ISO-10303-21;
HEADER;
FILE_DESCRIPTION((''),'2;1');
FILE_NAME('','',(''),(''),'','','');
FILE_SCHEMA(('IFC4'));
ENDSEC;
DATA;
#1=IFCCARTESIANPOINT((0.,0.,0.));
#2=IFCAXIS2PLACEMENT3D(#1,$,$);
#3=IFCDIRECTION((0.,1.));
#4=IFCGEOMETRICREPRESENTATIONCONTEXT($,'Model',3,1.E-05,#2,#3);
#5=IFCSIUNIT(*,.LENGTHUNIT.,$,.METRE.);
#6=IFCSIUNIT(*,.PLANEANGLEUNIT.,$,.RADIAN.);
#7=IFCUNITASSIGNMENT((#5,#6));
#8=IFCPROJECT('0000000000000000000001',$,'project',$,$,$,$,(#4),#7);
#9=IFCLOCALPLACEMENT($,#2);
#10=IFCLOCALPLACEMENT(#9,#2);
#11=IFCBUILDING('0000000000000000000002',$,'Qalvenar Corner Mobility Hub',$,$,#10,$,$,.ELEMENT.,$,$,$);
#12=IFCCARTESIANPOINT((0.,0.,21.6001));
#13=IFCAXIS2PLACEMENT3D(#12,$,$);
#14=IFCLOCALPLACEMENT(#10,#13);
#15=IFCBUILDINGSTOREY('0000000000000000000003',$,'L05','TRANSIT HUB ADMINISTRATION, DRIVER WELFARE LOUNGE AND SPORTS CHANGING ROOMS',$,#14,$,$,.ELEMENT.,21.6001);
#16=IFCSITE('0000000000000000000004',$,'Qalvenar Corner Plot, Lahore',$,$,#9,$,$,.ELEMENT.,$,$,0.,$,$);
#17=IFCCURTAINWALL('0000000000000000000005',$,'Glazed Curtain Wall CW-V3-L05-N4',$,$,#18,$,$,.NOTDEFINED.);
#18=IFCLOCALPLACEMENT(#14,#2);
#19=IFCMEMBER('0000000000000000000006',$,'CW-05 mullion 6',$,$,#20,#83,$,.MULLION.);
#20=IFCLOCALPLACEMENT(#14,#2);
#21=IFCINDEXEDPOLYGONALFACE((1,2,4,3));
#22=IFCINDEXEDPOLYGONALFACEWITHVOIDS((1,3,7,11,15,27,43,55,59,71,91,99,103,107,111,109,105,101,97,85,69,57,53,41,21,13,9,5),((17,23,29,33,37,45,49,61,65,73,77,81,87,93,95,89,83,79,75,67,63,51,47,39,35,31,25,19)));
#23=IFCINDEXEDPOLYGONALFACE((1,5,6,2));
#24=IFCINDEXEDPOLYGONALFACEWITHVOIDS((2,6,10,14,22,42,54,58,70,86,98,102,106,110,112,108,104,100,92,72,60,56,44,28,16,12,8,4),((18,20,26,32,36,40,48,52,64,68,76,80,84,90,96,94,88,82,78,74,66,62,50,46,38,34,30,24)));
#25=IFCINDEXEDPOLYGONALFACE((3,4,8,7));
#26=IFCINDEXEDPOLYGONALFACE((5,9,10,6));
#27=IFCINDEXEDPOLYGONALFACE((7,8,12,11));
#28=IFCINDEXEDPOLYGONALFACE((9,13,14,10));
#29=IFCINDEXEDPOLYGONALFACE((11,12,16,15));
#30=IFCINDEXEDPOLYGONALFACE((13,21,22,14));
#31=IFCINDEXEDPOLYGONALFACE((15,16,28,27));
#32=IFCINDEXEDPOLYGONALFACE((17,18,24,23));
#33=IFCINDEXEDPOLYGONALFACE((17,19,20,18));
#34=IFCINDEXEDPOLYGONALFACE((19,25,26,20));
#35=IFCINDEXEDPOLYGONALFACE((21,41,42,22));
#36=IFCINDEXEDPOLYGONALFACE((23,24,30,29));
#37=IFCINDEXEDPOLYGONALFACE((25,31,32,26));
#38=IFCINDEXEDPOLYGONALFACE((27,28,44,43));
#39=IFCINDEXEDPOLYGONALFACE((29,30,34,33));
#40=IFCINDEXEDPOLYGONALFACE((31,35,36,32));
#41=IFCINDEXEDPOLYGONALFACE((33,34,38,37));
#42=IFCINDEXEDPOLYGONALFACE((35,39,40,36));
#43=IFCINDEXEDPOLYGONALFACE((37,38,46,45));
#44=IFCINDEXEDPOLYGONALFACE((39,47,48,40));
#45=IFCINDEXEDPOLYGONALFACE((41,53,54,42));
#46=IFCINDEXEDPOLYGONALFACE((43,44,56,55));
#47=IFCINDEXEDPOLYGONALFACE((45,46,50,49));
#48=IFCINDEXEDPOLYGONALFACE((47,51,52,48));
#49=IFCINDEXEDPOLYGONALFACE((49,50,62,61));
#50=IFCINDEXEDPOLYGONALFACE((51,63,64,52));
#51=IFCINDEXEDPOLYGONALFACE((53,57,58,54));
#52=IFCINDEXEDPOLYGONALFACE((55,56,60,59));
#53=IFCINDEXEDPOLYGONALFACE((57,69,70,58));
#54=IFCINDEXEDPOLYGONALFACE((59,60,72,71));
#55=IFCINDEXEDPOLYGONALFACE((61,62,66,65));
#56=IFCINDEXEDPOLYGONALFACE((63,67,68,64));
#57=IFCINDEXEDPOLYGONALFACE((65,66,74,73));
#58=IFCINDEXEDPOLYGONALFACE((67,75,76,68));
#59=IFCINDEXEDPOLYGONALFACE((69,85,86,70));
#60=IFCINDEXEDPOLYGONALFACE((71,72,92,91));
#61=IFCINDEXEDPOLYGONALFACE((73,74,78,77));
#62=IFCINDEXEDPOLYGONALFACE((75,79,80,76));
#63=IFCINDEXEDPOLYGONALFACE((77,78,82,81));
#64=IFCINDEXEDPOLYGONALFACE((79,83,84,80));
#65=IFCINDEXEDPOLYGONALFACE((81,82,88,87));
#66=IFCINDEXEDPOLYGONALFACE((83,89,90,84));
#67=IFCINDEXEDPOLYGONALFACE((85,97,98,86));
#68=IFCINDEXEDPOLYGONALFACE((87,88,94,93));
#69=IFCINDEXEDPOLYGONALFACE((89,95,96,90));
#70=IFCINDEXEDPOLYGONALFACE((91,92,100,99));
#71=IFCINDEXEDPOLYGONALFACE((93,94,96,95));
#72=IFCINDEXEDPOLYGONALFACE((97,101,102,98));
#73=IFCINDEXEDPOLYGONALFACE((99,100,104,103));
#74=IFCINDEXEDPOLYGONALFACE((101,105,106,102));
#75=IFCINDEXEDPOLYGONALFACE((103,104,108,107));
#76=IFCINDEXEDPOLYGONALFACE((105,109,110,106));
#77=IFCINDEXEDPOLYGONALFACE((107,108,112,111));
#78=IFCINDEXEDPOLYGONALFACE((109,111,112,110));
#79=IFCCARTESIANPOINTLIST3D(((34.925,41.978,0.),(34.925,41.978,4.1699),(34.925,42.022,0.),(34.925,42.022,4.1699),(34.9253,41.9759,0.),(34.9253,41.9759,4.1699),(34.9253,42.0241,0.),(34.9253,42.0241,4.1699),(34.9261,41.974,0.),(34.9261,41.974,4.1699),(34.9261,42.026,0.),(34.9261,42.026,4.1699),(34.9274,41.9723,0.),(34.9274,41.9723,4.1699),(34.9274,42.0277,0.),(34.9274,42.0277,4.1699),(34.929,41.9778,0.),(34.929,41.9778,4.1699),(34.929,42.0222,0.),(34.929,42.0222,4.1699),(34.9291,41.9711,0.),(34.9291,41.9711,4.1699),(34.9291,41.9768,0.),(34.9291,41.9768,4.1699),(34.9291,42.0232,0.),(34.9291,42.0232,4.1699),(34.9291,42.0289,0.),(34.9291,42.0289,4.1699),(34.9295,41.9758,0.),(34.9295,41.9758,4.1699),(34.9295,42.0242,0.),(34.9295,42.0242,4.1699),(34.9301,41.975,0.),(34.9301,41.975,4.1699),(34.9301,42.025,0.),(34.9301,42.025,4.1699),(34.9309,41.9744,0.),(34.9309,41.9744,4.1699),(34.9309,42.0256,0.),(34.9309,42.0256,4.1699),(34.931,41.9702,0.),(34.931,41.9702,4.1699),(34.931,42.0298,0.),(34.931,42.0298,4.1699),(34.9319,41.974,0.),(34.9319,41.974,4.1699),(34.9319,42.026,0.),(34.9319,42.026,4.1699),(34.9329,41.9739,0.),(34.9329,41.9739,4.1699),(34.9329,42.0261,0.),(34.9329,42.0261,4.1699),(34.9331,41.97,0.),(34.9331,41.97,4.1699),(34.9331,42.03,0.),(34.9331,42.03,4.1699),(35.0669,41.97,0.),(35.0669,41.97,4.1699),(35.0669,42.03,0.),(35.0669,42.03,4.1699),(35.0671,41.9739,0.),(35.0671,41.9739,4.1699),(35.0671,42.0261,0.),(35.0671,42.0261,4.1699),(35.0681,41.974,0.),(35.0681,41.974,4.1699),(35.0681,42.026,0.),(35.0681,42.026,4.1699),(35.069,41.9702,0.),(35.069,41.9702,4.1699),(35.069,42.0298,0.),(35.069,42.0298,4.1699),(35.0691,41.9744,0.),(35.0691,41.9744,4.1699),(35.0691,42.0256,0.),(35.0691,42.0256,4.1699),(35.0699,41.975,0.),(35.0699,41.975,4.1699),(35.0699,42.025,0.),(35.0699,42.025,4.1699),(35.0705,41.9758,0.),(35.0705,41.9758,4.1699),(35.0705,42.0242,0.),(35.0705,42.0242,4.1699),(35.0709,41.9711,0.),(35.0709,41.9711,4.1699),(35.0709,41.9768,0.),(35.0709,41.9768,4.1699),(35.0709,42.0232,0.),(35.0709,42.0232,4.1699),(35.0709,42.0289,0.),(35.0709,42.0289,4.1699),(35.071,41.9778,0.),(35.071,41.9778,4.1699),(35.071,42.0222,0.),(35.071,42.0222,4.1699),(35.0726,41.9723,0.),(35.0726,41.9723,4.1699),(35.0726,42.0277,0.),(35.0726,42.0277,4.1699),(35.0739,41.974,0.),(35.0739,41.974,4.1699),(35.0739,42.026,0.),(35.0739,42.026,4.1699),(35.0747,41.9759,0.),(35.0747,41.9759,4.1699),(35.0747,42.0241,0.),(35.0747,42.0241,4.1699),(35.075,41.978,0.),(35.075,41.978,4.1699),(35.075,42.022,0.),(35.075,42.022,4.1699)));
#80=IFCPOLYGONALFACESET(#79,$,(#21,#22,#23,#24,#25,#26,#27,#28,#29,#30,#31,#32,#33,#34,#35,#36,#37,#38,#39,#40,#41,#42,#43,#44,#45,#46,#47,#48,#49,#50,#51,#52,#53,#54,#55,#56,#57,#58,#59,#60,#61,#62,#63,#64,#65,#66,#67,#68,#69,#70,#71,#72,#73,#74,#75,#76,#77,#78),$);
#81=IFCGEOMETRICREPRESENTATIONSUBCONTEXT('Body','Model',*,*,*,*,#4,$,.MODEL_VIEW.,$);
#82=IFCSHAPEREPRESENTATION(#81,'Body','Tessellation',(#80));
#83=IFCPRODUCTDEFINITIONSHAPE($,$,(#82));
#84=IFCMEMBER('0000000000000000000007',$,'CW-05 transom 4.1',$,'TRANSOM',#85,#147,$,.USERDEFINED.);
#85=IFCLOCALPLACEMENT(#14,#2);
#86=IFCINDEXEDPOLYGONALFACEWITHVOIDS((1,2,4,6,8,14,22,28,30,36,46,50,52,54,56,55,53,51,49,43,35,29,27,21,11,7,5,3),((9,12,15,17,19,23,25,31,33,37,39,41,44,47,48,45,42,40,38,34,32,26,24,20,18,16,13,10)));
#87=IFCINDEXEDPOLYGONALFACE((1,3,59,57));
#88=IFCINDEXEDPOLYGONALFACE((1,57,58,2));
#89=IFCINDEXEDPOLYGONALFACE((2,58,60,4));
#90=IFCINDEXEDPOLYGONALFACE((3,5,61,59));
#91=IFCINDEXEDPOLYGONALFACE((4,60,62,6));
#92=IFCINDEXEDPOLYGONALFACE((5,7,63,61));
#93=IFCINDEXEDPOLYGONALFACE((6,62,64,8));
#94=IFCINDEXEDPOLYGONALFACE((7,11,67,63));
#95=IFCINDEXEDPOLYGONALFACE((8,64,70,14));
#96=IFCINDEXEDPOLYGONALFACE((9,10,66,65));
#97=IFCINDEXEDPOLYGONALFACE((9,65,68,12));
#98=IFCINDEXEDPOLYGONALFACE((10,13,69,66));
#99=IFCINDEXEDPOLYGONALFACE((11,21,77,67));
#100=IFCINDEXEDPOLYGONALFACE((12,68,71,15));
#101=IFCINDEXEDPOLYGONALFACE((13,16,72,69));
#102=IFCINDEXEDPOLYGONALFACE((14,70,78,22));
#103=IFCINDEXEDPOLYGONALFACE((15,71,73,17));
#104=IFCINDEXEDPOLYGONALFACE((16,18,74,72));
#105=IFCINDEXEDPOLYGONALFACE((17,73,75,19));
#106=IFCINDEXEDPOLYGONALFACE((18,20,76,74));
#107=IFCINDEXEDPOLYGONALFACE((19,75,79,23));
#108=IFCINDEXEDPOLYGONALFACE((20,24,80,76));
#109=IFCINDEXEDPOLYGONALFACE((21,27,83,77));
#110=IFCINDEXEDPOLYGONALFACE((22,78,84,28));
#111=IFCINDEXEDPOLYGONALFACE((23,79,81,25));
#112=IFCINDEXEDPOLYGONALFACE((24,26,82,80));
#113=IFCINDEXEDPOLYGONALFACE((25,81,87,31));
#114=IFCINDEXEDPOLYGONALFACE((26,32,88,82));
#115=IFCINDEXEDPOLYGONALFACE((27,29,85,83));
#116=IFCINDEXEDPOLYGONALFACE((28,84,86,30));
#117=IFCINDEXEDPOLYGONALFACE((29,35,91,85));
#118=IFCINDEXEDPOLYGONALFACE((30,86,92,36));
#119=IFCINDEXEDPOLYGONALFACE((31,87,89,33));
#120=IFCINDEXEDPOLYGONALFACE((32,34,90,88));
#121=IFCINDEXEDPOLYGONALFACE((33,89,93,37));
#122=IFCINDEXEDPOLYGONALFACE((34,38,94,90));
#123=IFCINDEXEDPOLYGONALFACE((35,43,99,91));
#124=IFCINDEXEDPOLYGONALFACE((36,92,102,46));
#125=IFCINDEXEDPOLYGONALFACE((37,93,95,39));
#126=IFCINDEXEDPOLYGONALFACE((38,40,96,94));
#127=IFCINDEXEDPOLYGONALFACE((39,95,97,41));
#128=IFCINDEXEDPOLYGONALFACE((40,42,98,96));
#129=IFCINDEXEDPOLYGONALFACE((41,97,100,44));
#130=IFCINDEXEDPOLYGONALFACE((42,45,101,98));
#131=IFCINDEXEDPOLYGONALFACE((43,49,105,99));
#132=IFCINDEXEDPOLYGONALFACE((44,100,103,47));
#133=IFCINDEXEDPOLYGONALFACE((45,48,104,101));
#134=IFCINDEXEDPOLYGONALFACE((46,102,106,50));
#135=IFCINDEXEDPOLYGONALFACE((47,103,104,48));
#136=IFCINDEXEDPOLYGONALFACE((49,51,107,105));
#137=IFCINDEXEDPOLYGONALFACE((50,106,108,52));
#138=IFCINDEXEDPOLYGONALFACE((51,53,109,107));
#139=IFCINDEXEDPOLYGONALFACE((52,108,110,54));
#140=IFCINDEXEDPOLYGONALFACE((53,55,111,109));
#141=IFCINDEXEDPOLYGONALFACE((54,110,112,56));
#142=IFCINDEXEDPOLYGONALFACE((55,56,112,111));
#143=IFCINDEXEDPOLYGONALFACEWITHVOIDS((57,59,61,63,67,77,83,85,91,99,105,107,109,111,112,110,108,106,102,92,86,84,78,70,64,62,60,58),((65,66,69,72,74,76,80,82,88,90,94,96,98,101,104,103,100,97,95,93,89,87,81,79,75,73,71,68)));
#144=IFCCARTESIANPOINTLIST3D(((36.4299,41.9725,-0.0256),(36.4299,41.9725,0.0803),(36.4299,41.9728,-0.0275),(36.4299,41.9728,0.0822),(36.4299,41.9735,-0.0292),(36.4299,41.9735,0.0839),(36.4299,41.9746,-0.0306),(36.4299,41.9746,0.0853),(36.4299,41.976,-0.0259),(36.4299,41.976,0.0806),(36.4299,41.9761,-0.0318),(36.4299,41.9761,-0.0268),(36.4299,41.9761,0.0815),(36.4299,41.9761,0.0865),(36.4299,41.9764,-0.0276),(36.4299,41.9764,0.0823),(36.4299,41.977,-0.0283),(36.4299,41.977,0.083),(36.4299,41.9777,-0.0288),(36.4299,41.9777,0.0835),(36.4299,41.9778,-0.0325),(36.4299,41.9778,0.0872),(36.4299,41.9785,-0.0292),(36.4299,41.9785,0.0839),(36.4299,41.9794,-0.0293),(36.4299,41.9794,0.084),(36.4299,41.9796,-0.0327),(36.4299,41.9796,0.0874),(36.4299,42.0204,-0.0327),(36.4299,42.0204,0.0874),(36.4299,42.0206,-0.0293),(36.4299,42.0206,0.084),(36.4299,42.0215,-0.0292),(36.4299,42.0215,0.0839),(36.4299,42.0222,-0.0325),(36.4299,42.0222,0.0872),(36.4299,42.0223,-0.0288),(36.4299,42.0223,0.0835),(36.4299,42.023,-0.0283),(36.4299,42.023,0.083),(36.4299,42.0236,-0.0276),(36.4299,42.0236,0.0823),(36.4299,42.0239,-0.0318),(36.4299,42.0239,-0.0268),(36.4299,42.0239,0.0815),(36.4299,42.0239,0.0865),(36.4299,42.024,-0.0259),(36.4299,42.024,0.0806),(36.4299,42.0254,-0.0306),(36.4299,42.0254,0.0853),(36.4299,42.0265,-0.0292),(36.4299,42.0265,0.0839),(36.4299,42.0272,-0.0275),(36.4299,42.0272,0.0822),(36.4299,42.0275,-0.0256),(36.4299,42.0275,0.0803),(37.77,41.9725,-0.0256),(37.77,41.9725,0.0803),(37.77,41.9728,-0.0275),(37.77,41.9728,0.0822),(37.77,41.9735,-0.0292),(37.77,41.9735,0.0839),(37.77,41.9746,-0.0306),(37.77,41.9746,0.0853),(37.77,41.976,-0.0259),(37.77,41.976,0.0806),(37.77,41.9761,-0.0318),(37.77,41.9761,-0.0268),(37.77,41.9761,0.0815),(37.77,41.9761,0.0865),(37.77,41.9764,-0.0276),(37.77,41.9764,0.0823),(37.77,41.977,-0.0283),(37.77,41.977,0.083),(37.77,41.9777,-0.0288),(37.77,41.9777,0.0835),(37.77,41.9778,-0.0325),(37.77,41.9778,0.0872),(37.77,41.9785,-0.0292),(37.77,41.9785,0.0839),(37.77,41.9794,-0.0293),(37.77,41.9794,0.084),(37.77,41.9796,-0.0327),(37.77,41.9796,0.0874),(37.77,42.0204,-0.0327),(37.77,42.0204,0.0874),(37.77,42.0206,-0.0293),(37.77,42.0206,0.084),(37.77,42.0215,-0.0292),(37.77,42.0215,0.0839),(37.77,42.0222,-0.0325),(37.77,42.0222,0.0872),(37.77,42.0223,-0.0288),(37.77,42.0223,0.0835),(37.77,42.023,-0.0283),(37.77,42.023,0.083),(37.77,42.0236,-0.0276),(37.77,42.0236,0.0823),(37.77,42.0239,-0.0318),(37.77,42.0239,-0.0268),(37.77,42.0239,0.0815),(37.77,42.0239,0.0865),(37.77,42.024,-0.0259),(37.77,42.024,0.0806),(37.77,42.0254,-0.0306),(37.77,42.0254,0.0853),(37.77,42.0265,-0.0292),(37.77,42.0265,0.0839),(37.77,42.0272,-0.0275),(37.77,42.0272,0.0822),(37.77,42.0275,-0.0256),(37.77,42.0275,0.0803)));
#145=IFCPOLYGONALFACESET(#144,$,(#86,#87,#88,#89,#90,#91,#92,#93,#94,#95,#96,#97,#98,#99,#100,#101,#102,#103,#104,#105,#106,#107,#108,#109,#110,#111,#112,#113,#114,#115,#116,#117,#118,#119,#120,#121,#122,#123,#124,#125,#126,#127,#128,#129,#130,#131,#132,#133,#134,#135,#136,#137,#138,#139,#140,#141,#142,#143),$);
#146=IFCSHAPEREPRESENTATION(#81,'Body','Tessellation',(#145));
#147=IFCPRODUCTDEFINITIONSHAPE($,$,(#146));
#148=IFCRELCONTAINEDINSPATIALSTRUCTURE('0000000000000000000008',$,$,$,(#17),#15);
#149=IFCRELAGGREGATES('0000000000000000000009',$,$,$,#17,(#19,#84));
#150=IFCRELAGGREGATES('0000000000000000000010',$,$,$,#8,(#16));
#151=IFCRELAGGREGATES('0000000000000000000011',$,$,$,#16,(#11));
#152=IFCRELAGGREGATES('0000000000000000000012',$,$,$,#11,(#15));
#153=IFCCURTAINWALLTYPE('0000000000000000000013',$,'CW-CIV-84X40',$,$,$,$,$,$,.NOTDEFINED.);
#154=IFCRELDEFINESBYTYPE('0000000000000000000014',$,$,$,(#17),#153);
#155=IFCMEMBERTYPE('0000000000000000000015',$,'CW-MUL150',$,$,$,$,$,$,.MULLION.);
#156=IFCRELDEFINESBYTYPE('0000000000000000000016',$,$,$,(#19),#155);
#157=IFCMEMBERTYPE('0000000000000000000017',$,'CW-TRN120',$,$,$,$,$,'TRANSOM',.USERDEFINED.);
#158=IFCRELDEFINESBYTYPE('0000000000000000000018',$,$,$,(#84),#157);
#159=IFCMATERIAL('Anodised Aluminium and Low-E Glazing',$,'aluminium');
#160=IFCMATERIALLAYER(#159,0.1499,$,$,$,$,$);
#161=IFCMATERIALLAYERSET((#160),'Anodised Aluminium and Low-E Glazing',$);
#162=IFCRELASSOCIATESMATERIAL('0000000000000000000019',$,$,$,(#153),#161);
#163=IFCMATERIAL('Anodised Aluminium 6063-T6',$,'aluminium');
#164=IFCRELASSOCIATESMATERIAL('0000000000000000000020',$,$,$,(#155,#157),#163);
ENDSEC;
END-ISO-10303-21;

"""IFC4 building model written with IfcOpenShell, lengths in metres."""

from ifc_helpers import new_model, si_unit, direction, frame, origin, origin_2d, place, context, subcontext, project, spatial, hollow_rectangle, extrude, material, layer, layer_set, material_profile, profile_set, type_object, element, aggregate, save


model = new_model("IFC4")

# Units and contexts
model_context = context("Model", 3, precision=1e-05, world=origin(), true_north=direction((0.0, 1.0)))
body_context = subcontext(model_context, "Body", "Model", "MODEL_VIEW")
ifc_project = project(units=[si_unit("LENGTHUNIT", "METRE"), si_unit("PLANEANGLEUNIT", "RADIAN")], contexts=[model_context])

# Site, building, storey
site_placement = place(None, origin())
site = spatial("IfcSite", under=ifc_project, at=site_placement, Name="Qalvenar Corner Plot, Lahore", CompositionType="ELEMENT", RefElevation=0.0)
building_placement = place(site_placement, origin())
building = spatial("IfcBuilding", under=site, at=building_placement, Name="Qalvenar Corner Mobility Hub", CompositionType="ELEMENT")
storey_placement = place(building_placement, frame((0.0, 0.0, 21.6001)))
storey = spatial("IfcBuildingStorey", under=building, at=storey_placement, Name="L05", Description="TRANSIT HUB ADMINISTRATION, DRIVER WELFARE LOUNGE AND SPORTS CHANGING ROOMS", CompositionType="ELEMENT", Elevation=21.6001)

# Curtain wall, members
ifc_material_1 = material(Name="Anodised Aluminium and Low-E Glazing", Category="aluminium")
ifc_layer_1 = layer(ifc_material_1, 0.1499)
ifc_layer_set_1 = layer_set([ifc_layer_1], Name="Anodised Aluminium and Low-E Glazing")
curtain_wall_type = type_object("IfcCurtainWallType", Name="CW-CIV-84X40", PredefinedType="NOTDEFINED", material=ifc_layer_set_1)
curtain_wall_placement = place(storey_placement, origin())
curtain_wall = element("IfcCurtainWall", 1, at=curtain_wall_placement, inside=storey, type_object=curtain_wall_type, Name="Glazed Curtain Wall CW-V3-L05-N4", PredefinedType="NOTDEFINED")
ifc_material_2 = material(Name="Anodised Aluminium 6063-T6", Category="aluminium")
ifc_material_profile_1 = material_profile(ifc_material_2, hollow_rectangle(XDim=0.0601, YDim=0.1499, WallThickness=0.0039, InnerFilletRadius=0.0039, OuterFilletRadius=0.0081, at=origin_2d()), Name="RHS150x60x4")
ifc_profile_set_1 = profile_set([ifc_material_profile_1], Name="Anodised Aluminium 6063-T6")
member_type_1 = type_object("IfcMemberType", Name="CW-MUL150", PredefinedType="MULLION", material=ifc_profile_set_1)
member_1_placement = place(storey_placement, frame((35.0, 42.0, 0.0), z_axis=(0.0, 0.0, 1.0), x_axis=(0.0, -1.0, 0.0)))
member_1 = element("IfcMember", 2, at=member_1_placement, type_object=member_type_1, Name="CW-05 mullion 6", PredefinedType="MULLION", context=body_context, shape_type="SweptSolid", body=[
    extrude(hollow_rectangle(XDim=0.0601, YDim=0.1499, WallThickness=0.0039, InnerFilletRadius=0.0039, OuterFilletRadius=0.0081, at=origin_2d()), origin(), (0.0, 0.0, 1.0), 4.1699),
])
ifc_material_profile_2 = material_profile(ifc_material_2, hollow_rectangle(XDim=0.0549, YDim=0.1201, WallThickness=0.0034, InnerFilletRadius=0.0034, OuterFilletRadius=0.0071, at=origin_2d()), Name="RHS120x55x3.5")
ifc_profile_set_2 = profile_set([ifc_material_profile_2], Name="Anodised Aluminium 6063-T6")
member_type_2 = type_object("IfcMemberType", Name="CW-TRN120", ElementType="TRANSOM", PredefinedType="USERDEFINED", material=ifc_profile_set_2)
member_2_placement = place(storey_placement, frame((37.77, 42.0, 0.0273), z_axis=(-1.0, 0.0, 0.0), x_axis=(0.0, -1.0, 0.0)))
member_2 = element("IfcMember", 3, at=member_2_placement, type_object=member_type_2, Name="CW-05 transom 4.1", ObjectType="TRANSOM", PredefinedType="USERDEFINED", context=body_context, shape_type="SweptSolid", body=[
    extrude(hollow_rectangle(XDim=0.0549, YDim=0.1201, WallThickness=0.0034, InnerFilletRadius=0.0034, OuterFilletRadius=0.0071, at=origin_2d()), origin(), (0.0, 0.0, 1.0), 1.3401),
])
aggregate(curtain_wall, [member_1, member_2])

save(model, "model.ifc")
